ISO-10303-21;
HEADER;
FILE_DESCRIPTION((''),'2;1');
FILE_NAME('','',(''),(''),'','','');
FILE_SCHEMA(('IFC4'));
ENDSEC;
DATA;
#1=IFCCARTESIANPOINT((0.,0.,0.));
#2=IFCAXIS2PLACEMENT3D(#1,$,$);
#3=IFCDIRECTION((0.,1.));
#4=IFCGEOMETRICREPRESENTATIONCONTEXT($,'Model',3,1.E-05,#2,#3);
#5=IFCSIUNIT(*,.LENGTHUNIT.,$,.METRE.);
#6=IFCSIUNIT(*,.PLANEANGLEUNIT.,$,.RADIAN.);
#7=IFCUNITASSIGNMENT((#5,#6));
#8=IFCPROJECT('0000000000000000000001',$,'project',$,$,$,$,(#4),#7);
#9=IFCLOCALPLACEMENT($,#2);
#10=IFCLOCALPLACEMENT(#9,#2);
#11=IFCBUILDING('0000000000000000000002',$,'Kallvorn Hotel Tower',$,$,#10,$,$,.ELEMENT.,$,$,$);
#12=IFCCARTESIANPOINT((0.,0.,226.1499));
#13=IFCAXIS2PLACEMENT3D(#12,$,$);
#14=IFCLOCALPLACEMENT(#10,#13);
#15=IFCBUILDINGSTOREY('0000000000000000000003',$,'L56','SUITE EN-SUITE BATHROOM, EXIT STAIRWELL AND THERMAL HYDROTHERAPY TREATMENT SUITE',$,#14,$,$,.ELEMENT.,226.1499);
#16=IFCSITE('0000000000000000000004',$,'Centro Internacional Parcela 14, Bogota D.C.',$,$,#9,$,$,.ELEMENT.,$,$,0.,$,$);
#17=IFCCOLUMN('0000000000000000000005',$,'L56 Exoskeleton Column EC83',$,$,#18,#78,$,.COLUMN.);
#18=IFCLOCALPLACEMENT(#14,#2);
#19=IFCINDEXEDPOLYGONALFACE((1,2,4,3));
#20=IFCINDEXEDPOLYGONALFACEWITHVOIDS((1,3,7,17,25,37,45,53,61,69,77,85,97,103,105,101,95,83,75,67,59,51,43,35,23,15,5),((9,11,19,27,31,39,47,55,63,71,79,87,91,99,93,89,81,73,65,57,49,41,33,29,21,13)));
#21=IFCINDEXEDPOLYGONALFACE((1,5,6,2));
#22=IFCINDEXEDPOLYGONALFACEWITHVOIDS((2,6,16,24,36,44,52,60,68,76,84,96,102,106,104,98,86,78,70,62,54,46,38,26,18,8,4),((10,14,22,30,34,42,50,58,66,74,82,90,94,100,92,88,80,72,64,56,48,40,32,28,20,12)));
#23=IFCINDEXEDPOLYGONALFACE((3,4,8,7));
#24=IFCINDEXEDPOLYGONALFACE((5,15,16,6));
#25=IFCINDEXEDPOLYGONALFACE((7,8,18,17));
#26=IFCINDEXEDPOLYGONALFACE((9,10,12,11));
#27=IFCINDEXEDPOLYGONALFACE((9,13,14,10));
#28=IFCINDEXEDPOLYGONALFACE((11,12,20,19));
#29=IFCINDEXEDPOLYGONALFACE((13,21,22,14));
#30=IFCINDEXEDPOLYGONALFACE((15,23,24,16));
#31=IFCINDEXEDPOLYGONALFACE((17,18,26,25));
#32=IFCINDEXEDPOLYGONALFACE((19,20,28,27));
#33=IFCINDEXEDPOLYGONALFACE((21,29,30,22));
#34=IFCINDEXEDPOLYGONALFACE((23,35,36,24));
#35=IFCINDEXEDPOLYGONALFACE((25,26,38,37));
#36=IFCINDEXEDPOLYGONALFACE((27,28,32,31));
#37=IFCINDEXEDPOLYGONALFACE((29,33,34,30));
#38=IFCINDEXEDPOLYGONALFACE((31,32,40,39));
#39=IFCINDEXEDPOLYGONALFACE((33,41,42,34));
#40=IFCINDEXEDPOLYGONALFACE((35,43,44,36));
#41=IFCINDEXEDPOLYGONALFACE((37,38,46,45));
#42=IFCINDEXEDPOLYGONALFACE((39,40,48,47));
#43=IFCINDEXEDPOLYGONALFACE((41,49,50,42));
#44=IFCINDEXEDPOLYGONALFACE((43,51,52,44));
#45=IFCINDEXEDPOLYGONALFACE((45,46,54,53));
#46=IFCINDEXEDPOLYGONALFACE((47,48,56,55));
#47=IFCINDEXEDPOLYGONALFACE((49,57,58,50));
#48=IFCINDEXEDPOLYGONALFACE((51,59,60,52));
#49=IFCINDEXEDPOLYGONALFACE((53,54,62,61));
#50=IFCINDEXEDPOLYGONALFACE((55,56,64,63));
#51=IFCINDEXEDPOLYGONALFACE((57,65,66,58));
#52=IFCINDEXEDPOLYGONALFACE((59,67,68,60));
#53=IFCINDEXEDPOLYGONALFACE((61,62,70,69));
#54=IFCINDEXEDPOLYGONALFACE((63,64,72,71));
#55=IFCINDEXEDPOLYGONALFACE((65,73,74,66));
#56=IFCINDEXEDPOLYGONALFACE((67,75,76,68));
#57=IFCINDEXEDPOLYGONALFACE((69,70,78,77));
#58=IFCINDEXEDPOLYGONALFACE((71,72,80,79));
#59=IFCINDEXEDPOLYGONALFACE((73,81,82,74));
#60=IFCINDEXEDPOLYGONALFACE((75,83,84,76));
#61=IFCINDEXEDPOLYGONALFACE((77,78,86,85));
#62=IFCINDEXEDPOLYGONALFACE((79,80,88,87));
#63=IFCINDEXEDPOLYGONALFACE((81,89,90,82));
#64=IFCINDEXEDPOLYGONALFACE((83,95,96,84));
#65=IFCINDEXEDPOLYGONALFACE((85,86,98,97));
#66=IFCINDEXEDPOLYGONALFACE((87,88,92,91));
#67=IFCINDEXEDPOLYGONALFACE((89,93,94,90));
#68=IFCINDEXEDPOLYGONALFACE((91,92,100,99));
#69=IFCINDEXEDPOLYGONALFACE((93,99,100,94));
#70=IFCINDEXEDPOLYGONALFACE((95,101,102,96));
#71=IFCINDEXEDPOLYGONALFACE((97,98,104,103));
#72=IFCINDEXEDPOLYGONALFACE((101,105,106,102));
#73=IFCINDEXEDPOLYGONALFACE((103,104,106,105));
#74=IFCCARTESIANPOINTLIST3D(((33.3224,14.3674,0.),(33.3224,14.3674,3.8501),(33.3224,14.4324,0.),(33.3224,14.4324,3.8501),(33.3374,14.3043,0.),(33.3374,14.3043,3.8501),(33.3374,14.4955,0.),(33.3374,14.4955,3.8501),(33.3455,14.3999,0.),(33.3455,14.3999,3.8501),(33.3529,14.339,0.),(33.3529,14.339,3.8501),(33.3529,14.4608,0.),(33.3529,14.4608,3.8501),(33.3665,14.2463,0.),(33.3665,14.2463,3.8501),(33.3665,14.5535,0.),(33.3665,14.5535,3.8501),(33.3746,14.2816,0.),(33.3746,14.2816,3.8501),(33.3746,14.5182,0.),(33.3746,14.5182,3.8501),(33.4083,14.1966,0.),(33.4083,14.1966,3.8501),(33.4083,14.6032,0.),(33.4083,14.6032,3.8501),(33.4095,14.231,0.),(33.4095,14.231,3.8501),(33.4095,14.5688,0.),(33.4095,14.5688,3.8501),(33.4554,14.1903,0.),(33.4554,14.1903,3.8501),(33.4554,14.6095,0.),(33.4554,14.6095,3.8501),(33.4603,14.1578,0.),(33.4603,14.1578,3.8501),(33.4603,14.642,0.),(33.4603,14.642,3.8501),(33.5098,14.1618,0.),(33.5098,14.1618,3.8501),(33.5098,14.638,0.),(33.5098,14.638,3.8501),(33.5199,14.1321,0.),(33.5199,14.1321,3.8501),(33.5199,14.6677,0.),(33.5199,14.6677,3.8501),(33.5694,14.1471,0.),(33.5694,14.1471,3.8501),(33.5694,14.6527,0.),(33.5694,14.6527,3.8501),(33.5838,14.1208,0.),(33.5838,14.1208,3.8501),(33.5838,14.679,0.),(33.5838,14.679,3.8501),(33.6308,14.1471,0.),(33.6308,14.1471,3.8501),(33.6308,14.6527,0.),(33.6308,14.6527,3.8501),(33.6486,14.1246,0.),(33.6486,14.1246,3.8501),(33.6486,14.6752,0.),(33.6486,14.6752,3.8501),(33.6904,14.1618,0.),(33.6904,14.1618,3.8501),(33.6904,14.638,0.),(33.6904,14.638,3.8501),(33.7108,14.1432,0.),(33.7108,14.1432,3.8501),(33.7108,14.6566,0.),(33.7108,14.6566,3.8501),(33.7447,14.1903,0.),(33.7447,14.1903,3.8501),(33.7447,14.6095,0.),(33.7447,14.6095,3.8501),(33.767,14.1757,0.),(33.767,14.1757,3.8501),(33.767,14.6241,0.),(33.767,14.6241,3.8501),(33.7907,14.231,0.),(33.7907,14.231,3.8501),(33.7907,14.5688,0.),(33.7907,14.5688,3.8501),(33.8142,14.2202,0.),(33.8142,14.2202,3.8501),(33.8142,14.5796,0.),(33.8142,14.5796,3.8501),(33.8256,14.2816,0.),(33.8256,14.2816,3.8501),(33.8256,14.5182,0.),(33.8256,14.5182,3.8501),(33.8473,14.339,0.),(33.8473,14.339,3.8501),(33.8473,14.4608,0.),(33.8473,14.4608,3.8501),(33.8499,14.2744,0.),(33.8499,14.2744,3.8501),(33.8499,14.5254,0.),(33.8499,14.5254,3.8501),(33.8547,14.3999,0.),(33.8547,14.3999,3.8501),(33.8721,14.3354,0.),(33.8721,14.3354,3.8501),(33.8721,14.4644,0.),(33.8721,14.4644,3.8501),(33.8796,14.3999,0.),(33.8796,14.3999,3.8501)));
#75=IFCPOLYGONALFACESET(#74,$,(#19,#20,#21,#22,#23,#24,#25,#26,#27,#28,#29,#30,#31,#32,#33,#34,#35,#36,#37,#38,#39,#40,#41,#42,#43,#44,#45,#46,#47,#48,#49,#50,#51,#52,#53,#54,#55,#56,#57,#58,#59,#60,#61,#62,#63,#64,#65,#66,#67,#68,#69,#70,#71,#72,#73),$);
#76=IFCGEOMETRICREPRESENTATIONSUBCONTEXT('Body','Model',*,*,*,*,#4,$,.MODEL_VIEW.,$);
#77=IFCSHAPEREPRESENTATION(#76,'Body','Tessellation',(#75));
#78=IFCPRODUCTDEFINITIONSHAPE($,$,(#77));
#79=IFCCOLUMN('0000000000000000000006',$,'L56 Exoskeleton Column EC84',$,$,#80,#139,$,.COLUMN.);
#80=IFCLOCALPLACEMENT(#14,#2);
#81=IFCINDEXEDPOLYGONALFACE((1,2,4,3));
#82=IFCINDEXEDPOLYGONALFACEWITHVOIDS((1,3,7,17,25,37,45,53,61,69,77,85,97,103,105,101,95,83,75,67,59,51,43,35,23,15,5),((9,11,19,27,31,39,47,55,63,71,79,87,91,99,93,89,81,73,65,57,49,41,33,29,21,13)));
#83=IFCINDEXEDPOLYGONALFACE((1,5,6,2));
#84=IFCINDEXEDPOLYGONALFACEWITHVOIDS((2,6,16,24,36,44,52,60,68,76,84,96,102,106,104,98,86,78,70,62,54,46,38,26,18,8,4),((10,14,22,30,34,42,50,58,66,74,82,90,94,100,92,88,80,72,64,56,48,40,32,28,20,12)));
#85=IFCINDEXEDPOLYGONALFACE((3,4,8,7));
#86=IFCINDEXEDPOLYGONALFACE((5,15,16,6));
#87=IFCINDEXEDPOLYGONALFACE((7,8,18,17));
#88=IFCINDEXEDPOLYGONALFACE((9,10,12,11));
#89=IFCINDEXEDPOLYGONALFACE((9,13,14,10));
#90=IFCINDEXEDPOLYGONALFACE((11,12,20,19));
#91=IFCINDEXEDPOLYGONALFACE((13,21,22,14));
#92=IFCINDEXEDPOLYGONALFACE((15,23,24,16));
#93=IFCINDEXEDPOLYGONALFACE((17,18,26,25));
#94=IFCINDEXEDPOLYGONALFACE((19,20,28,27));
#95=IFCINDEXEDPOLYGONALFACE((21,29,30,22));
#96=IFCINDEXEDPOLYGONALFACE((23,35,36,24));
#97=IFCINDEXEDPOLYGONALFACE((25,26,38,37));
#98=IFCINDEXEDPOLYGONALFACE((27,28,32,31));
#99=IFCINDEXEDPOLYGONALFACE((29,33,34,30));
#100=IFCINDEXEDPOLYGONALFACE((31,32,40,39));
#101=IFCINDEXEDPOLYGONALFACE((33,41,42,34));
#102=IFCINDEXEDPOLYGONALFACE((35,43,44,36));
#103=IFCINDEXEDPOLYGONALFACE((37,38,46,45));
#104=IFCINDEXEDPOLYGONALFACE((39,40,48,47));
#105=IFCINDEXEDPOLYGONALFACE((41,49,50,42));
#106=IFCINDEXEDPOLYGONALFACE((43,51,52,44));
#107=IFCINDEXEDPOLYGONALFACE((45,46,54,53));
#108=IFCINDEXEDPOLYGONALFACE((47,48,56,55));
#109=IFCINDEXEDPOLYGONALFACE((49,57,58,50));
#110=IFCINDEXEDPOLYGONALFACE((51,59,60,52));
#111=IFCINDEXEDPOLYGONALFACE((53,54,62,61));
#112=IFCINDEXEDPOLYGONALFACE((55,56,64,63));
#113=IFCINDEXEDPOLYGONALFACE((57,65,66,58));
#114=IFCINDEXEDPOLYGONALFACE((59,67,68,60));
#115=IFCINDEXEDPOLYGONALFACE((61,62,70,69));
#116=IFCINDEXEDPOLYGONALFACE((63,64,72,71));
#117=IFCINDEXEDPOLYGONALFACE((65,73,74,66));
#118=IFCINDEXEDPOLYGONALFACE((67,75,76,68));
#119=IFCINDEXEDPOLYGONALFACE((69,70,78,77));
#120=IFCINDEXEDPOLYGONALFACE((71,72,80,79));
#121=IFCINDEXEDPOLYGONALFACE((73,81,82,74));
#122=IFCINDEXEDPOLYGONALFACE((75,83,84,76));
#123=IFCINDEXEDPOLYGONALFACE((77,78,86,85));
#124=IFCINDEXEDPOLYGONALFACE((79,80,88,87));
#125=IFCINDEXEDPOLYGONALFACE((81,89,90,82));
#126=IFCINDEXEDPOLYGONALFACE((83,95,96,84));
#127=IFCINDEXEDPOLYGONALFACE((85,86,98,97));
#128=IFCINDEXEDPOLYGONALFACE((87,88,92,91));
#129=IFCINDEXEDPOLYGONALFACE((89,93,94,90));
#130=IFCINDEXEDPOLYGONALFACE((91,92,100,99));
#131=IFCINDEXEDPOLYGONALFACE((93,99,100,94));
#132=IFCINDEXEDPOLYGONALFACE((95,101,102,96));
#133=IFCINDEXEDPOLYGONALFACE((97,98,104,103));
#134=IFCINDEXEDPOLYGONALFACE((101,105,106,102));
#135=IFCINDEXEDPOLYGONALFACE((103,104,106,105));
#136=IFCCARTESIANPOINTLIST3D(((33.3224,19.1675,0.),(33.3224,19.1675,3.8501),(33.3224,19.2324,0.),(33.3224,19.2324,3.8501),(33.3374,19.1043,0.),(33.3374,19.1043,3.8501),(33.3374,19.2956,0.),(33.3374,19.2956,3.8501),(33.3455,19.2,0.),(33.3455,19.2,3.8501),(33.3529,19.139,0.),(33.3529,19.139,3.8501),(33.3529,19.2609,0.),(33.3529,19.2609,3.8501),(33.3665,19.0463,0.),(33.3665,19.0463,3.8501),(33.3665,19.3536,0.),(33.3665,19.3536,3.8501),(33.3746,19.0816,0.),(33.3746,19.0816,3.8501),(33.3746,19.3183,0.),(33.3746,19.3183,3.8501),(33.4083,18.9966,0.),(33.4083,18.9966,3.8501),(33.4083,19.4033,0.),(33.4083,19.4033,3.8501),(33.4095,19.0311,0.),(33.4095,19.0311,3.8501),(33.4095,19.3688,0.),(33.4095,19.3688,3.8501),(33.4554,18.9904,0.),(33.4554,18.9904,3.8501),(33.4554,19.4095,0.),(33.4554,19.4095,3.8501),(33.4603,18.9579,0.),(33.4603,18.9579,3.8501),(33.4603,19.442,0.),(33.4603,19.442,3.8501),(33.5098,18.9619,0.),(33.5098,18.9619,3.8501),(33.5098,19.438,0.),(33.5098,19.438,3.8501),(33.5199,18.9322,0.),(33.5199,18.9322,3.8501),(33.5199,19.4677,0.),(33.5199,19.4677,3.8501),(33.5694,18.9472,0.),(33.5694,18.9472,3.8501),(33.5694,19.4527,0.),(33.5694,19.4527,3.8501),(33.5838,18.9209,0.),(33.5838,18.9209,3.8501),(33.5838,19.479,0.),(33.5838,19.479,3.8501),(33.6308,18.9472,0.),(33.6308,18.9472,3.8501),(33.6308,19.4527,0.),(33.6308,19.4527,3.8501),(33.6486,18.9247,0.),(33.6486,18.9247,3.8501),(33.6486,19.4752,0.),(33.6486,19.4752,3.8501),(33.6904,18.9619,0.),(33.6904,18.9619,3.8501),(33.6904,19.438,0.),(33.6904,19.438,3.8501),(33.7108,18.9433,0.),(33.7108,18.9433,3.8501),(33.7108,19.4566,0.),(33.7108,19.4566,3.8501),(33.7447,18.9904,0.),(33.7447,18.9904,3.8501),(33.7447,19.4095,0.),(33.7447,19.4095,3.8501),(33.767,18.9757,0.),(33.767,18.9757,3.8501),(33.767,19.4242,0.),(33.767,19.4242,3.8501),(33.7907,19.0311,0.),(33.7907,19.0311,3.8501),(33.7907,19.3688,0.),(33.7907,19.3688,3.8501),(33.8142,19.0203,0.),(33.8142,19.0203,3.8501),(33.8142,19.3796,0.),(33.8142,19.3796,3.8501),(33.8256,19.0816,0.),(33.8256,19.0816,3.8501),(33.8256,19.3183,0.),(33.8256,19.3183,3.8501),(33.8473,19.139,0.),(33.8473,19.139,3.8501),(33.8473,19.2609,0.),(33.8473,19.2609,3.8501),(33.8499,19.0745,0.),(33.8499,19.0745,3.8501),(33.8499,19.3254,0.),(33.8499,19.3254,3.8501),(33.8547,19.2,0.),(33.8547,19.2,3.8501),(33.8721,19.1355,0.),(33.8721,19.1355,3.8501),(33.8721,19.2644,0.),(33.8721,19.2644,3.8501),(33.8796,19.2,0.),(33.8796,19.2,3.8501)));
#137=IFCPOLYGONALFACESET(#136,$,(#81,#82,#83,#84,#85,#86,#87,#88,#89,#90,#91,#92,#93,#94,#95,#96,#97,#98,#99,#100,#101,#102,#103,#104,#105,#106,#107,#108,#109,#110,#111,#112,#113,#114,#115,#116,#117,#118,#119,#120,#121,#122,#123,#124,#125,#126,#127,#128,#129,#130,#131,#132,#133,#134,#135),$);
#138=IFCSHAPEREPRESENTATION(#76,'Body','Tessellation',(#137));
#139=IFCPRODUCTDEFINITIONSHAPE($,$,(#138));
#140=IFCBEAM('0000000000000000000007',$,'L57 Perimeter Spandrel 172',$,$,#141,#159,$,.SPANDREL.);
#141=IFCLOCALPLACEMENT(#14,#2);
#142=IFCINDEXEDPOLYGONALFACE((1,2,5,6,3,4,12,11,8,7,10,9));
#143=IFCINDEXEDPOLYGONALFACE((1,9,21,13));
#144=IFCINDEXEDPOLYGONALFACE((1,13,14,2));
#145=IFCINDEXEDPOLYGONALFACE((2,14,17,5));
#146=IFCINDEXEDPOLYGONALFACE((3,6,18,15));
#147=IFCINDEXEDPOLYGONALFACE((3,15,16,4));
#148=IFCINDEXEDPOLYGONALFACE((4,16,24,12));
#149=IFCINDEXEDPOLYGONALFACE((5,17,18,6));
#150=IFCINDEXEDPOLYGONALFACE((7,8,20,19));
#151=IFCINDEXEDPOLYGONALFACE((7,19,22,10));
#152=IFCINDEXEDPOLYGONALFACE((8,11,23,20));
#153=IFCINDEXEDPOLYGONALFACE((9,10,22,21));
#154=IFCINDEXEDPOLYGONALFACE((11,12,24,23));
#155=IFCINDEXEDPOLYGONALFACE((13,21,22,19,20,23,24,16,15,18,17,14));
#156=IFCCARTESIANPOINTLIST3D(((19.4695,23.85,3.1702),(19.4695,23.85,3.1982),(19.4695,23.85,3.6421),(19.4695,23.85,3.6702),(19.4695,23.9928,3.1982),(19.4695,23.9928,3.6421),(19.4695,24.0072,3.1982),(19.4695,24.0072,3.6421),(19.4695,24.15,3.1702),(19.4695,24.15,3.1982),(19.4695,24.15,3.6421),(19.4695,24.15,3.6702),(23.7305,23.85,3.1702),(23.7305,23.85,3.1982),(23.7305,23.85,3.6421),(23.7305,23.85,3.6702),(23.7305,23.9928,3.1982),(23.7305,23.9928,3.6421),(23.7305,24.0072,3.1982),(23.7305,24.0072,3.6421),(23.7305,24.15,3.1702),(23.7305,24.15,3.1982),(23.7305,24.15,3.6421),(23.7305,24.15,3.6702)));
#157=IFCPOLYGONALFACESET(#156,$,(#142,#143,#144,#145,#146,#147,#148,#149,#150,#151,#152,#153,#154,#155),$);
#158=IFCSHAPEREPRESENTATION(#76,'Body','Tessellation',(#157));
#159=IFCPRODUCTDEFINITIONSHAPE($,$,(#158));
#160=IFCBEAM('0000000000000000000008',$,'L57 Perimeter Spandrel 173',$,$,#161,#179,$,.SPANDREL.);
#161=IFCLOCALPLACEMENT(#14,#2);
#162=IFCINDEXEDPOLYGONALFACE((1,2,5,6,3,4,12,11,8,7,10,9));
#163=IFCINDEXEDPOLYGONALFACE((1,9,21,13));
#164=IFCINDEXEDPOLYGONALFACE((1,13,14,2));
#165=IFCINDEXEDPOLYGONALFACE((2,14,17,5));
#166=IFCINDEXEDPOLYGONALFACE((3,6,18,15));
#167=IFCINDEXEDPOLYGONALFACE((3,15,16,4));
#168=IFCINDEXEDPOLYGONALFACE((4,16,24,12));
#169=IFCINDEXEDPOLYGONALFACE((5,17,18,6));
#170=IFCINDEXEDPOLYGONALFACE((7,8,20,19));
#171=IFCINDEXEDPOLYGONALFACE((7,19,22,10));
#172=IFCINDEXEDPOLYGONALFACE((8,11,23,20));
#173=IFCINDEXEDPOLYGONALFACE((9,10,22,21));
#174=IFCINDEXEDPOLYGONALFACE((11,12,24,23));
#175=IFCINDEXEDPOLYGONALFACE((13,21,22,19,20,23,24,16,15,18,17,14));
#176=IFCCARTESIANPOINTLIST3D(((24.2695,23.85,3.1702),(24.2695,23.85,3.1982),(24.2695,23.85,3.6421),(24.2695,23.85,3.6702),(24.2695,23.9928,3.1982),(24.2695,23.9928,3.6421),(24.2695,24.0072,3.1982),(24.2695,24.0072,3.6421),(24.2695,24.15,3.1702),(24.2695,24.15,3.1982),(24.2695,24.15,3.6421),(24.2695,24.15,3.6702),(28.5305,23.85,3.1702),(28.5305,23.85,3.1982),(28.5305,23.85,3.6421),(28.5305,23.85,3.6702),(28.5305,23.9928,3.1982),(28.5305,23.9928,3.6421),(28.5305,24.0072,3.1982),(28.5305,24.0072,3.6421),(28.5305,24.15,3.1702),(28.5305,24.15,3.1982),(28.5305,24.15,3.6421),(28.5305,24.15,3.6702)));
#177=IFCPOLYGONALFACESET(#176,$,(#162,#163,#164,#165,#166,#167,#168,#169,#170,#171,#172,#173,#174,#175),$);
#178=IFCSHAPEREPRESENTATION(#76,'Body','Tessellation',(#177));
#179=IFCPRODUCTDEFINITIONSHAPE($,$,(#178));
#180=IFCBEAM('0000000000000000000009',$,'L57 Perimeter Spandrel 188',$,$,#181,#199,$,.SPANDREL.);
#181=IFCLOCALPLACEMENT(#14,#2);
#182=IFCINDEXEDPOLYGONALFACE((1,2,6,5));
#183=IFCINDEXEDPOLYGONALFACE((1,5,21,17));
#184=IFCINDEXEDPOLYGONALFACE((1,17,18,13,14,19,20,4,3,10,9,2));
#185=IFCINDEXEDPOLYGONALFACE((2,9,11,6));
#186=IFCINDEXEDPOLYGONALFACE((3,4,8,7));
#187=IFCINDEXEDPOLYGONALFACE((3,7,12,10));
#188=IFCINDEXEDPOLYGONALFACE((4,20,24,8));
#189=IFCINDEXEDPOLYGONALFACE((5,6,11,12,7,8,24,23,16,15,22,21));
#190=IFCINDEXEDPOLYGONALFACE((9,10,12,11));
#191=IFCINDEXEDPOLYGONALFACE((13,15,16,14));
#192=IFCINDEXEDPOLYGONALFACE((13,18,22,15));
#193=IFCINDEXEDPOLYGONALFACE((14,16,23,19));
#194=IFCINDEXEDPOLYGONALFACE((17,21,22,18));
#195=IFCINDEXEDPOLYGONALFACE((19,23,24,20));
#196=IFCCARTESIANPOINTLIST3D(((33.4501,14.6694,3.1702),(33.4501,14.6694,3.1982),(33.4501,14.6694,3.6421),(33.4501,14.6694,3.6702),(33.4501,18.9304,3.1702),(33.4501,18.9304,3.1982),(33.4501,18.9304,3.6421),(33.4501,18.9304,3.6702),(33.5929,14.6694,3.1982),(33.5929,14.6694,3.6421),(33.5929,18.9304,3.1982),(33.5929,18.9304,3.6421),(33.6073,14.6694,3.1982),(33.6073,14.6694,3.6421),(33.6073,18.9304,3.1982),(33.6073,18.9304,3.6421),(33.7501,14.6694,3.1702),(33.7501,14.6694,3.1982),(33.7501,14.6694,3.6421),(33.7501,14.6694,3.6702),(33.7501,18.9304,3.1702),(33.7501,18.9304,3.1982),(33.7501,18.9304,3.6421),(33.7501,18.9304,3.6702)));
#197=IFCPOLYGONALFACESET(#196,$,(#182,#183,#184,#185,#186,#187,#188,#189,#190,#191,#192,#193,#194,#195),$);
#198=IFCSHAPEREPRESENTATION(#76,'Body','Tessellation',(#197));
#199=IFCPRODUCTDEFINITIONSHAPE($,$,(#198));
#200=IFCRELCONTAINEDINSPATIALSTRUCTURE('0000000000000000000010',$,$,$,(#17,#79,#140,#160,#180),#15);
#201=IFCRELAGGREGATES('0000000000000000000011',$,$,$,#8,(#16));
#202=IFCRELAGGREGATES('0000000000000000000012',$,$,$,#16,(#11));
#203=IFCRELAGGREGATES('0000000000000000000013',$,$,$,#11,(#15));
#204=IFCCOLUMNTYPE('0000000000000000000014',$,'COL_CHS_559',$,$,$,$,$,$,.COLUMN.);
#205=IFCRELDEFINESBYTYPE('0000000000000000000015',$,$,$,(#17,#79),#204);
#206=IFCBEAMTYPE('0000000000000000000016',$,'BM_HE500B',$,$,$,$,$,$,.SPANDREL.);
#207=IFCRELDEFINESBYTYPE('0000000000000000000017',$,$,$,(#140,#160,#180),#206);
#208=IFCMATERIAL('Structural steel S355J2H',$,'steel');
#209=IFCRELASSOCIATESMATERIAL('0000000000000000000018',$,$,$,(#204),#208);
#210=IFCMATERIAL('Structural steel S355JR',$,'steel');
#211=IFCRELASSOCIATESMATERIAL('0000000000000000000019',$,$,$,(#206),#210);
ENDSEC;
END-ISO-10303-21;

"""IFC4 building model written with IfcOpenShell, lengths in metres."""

from ifc_helpers import new_model, si_unit, direction, frame, origin, origin_2d, place, context, subcontext, project, spatial, hollow_circle, i_section, extrude, material, material_profile, profile_set, type_object, element, save


model = new_model("IFC4")

# Units and contexts
model_context = context("Model", 3, precision=1e-05, world=origin(), true_north=direction((0.0, 1.0)))
body_context = subcontext(model_context, "Body", "Model", "MODEL_VIEW")
ifc_project = project(units=[si_unit("LENGTHUNIT", "METRE"), si_unit("PLANEANGLEUNIT", "RADIAN")], contexts=[model_context])

# Site, building, storey
site_placement = place(None, origin())
site = spatial("IfcSite", under=ifc_project, at=site_placement, Name="Centro Internacional Parcela 14, Bogota D.C.", CompositionType="ELEMENT", RefElevation=0.0)
building_placement = place(site_placement, origin())
building = spatial("IfcBuilding", under=site, at=building_placement, Name="Kallvorn Hotel Tower", CompositionType="ELEMENT")
storey_placement = place(building_placement, frame((0.0, 0.0, 226.1499)))
storey = spatial("IfcBuildingStorey", under=building, at=storey_placement, Name="L56", Description="SUITE EN-SUITE BATHROOM, EXIT STAIRWELL AND THERMAL HYDROTHERAPY TREATMENT SUITE", CompositionType="ELEMENT", Elevation=226.1499)

# Columns
ifc_material_1 = material(Name="Structural steel S355J2H", Category="steel")
ifc_material_profile_1 = material_profile(ifc_material_1, hollow_circle(Radius=0.2795, WallThickness=0.0249, at=origin_2d()), Name="CHS 559x25")
ifc_profile_set_1 = profile_set([ifc_material_profile_1], Name="Structural steel S355J2H")
column_type = type_object("IfcColumnType", Name="COL_CHS_559", PredefinedType="COLUMN", material=ifc_profile_set_1)
for number, where, z_axis, x_axis, name in (
    (1, (33.6001, 14.3999, 0.0), (0.0, 0.0, 1.0), (1.0, 0.0, 0.0), "L56 Exoskeleton Column EC83"),
    (2, (33.6001, 19.2, 0.0), (0.0, 0.0, 1.0), (1.0, 0.0, 0.0), "L56 Exoskeleton Column EC84"),
):
    element("IfcColumn", number, at=place(storey_placement, frame(where, z_axis=z_axis, x_axis=x_axis)), inside=storey, type_object=column_type, Name=name, PredefinedType="COLUMN", context=body_context, shape_type="SweptSolid", body=[
        extrude(hollow_circle(Radius=0.2795, WallThickness=0.0249, at=origin_2d()), origin(), (0.0, 0.0, 1.0), 3.8501),
    ])

# Beams
ifc_material_2 = material(Name="Structural steel S355JR", Category="steel")
ifc_material_profile_2 = material_profile(ifc_material_2, i_section(OverallWidth=0.3, OverallDepth=0.5, WebThickness=0.0144, FlangeThickness=0.0281, at=origin_2d()), Name="HE 500 B")
ifc_profile_set_2 = profile_set([ifc_material_profile_2], Name="Structural steel S355JR")
beam_type_1 = type_object("IfcBeamType", Name="BM_HE500B", PredefinedType="SPANDREL", material=ifc_profile_set_2)
for number, where, z_axis, x_axis, name in (
    (3, (19.4695, 24.0, 3.4202), (1.0, 0.0, 0.0), (0.0, 1.0, 0.0), "L57 Perimeter Spandrel 172"),
    (4, (24.2695, 24.0, 3.4202), (1.0, 0.0, 0.0), (0.0, 1.0, 0.0), "L57 Perimeter Spandrel 173"),
    (5, (33.6001, 14.6694, 3.4202), (0.0, 1.0, 0.0), (-1.0, 0.0, 0.0), "L57 Perimeter Spandrel 188"),
):
    element("IfcBeam", number, at=place(storey_placement, frame(where, z_axis=z_axis, x_axis=x_axis)), inside=storey, type_object=beam_type_1, Name=name, PredefinedType="SPANDREL", context=body_context, shape_type="SweptSolid", body=[
        extrude(i_section(OverallWidth=0.3, OverallDepth=0.5, WebThickness=0.0144, FlangeThickness=0.0281, at=origin_2d()), origin(), (0.0, 0.0, 1.0), 4.261),
    ])

save(model, "model.ifc")
